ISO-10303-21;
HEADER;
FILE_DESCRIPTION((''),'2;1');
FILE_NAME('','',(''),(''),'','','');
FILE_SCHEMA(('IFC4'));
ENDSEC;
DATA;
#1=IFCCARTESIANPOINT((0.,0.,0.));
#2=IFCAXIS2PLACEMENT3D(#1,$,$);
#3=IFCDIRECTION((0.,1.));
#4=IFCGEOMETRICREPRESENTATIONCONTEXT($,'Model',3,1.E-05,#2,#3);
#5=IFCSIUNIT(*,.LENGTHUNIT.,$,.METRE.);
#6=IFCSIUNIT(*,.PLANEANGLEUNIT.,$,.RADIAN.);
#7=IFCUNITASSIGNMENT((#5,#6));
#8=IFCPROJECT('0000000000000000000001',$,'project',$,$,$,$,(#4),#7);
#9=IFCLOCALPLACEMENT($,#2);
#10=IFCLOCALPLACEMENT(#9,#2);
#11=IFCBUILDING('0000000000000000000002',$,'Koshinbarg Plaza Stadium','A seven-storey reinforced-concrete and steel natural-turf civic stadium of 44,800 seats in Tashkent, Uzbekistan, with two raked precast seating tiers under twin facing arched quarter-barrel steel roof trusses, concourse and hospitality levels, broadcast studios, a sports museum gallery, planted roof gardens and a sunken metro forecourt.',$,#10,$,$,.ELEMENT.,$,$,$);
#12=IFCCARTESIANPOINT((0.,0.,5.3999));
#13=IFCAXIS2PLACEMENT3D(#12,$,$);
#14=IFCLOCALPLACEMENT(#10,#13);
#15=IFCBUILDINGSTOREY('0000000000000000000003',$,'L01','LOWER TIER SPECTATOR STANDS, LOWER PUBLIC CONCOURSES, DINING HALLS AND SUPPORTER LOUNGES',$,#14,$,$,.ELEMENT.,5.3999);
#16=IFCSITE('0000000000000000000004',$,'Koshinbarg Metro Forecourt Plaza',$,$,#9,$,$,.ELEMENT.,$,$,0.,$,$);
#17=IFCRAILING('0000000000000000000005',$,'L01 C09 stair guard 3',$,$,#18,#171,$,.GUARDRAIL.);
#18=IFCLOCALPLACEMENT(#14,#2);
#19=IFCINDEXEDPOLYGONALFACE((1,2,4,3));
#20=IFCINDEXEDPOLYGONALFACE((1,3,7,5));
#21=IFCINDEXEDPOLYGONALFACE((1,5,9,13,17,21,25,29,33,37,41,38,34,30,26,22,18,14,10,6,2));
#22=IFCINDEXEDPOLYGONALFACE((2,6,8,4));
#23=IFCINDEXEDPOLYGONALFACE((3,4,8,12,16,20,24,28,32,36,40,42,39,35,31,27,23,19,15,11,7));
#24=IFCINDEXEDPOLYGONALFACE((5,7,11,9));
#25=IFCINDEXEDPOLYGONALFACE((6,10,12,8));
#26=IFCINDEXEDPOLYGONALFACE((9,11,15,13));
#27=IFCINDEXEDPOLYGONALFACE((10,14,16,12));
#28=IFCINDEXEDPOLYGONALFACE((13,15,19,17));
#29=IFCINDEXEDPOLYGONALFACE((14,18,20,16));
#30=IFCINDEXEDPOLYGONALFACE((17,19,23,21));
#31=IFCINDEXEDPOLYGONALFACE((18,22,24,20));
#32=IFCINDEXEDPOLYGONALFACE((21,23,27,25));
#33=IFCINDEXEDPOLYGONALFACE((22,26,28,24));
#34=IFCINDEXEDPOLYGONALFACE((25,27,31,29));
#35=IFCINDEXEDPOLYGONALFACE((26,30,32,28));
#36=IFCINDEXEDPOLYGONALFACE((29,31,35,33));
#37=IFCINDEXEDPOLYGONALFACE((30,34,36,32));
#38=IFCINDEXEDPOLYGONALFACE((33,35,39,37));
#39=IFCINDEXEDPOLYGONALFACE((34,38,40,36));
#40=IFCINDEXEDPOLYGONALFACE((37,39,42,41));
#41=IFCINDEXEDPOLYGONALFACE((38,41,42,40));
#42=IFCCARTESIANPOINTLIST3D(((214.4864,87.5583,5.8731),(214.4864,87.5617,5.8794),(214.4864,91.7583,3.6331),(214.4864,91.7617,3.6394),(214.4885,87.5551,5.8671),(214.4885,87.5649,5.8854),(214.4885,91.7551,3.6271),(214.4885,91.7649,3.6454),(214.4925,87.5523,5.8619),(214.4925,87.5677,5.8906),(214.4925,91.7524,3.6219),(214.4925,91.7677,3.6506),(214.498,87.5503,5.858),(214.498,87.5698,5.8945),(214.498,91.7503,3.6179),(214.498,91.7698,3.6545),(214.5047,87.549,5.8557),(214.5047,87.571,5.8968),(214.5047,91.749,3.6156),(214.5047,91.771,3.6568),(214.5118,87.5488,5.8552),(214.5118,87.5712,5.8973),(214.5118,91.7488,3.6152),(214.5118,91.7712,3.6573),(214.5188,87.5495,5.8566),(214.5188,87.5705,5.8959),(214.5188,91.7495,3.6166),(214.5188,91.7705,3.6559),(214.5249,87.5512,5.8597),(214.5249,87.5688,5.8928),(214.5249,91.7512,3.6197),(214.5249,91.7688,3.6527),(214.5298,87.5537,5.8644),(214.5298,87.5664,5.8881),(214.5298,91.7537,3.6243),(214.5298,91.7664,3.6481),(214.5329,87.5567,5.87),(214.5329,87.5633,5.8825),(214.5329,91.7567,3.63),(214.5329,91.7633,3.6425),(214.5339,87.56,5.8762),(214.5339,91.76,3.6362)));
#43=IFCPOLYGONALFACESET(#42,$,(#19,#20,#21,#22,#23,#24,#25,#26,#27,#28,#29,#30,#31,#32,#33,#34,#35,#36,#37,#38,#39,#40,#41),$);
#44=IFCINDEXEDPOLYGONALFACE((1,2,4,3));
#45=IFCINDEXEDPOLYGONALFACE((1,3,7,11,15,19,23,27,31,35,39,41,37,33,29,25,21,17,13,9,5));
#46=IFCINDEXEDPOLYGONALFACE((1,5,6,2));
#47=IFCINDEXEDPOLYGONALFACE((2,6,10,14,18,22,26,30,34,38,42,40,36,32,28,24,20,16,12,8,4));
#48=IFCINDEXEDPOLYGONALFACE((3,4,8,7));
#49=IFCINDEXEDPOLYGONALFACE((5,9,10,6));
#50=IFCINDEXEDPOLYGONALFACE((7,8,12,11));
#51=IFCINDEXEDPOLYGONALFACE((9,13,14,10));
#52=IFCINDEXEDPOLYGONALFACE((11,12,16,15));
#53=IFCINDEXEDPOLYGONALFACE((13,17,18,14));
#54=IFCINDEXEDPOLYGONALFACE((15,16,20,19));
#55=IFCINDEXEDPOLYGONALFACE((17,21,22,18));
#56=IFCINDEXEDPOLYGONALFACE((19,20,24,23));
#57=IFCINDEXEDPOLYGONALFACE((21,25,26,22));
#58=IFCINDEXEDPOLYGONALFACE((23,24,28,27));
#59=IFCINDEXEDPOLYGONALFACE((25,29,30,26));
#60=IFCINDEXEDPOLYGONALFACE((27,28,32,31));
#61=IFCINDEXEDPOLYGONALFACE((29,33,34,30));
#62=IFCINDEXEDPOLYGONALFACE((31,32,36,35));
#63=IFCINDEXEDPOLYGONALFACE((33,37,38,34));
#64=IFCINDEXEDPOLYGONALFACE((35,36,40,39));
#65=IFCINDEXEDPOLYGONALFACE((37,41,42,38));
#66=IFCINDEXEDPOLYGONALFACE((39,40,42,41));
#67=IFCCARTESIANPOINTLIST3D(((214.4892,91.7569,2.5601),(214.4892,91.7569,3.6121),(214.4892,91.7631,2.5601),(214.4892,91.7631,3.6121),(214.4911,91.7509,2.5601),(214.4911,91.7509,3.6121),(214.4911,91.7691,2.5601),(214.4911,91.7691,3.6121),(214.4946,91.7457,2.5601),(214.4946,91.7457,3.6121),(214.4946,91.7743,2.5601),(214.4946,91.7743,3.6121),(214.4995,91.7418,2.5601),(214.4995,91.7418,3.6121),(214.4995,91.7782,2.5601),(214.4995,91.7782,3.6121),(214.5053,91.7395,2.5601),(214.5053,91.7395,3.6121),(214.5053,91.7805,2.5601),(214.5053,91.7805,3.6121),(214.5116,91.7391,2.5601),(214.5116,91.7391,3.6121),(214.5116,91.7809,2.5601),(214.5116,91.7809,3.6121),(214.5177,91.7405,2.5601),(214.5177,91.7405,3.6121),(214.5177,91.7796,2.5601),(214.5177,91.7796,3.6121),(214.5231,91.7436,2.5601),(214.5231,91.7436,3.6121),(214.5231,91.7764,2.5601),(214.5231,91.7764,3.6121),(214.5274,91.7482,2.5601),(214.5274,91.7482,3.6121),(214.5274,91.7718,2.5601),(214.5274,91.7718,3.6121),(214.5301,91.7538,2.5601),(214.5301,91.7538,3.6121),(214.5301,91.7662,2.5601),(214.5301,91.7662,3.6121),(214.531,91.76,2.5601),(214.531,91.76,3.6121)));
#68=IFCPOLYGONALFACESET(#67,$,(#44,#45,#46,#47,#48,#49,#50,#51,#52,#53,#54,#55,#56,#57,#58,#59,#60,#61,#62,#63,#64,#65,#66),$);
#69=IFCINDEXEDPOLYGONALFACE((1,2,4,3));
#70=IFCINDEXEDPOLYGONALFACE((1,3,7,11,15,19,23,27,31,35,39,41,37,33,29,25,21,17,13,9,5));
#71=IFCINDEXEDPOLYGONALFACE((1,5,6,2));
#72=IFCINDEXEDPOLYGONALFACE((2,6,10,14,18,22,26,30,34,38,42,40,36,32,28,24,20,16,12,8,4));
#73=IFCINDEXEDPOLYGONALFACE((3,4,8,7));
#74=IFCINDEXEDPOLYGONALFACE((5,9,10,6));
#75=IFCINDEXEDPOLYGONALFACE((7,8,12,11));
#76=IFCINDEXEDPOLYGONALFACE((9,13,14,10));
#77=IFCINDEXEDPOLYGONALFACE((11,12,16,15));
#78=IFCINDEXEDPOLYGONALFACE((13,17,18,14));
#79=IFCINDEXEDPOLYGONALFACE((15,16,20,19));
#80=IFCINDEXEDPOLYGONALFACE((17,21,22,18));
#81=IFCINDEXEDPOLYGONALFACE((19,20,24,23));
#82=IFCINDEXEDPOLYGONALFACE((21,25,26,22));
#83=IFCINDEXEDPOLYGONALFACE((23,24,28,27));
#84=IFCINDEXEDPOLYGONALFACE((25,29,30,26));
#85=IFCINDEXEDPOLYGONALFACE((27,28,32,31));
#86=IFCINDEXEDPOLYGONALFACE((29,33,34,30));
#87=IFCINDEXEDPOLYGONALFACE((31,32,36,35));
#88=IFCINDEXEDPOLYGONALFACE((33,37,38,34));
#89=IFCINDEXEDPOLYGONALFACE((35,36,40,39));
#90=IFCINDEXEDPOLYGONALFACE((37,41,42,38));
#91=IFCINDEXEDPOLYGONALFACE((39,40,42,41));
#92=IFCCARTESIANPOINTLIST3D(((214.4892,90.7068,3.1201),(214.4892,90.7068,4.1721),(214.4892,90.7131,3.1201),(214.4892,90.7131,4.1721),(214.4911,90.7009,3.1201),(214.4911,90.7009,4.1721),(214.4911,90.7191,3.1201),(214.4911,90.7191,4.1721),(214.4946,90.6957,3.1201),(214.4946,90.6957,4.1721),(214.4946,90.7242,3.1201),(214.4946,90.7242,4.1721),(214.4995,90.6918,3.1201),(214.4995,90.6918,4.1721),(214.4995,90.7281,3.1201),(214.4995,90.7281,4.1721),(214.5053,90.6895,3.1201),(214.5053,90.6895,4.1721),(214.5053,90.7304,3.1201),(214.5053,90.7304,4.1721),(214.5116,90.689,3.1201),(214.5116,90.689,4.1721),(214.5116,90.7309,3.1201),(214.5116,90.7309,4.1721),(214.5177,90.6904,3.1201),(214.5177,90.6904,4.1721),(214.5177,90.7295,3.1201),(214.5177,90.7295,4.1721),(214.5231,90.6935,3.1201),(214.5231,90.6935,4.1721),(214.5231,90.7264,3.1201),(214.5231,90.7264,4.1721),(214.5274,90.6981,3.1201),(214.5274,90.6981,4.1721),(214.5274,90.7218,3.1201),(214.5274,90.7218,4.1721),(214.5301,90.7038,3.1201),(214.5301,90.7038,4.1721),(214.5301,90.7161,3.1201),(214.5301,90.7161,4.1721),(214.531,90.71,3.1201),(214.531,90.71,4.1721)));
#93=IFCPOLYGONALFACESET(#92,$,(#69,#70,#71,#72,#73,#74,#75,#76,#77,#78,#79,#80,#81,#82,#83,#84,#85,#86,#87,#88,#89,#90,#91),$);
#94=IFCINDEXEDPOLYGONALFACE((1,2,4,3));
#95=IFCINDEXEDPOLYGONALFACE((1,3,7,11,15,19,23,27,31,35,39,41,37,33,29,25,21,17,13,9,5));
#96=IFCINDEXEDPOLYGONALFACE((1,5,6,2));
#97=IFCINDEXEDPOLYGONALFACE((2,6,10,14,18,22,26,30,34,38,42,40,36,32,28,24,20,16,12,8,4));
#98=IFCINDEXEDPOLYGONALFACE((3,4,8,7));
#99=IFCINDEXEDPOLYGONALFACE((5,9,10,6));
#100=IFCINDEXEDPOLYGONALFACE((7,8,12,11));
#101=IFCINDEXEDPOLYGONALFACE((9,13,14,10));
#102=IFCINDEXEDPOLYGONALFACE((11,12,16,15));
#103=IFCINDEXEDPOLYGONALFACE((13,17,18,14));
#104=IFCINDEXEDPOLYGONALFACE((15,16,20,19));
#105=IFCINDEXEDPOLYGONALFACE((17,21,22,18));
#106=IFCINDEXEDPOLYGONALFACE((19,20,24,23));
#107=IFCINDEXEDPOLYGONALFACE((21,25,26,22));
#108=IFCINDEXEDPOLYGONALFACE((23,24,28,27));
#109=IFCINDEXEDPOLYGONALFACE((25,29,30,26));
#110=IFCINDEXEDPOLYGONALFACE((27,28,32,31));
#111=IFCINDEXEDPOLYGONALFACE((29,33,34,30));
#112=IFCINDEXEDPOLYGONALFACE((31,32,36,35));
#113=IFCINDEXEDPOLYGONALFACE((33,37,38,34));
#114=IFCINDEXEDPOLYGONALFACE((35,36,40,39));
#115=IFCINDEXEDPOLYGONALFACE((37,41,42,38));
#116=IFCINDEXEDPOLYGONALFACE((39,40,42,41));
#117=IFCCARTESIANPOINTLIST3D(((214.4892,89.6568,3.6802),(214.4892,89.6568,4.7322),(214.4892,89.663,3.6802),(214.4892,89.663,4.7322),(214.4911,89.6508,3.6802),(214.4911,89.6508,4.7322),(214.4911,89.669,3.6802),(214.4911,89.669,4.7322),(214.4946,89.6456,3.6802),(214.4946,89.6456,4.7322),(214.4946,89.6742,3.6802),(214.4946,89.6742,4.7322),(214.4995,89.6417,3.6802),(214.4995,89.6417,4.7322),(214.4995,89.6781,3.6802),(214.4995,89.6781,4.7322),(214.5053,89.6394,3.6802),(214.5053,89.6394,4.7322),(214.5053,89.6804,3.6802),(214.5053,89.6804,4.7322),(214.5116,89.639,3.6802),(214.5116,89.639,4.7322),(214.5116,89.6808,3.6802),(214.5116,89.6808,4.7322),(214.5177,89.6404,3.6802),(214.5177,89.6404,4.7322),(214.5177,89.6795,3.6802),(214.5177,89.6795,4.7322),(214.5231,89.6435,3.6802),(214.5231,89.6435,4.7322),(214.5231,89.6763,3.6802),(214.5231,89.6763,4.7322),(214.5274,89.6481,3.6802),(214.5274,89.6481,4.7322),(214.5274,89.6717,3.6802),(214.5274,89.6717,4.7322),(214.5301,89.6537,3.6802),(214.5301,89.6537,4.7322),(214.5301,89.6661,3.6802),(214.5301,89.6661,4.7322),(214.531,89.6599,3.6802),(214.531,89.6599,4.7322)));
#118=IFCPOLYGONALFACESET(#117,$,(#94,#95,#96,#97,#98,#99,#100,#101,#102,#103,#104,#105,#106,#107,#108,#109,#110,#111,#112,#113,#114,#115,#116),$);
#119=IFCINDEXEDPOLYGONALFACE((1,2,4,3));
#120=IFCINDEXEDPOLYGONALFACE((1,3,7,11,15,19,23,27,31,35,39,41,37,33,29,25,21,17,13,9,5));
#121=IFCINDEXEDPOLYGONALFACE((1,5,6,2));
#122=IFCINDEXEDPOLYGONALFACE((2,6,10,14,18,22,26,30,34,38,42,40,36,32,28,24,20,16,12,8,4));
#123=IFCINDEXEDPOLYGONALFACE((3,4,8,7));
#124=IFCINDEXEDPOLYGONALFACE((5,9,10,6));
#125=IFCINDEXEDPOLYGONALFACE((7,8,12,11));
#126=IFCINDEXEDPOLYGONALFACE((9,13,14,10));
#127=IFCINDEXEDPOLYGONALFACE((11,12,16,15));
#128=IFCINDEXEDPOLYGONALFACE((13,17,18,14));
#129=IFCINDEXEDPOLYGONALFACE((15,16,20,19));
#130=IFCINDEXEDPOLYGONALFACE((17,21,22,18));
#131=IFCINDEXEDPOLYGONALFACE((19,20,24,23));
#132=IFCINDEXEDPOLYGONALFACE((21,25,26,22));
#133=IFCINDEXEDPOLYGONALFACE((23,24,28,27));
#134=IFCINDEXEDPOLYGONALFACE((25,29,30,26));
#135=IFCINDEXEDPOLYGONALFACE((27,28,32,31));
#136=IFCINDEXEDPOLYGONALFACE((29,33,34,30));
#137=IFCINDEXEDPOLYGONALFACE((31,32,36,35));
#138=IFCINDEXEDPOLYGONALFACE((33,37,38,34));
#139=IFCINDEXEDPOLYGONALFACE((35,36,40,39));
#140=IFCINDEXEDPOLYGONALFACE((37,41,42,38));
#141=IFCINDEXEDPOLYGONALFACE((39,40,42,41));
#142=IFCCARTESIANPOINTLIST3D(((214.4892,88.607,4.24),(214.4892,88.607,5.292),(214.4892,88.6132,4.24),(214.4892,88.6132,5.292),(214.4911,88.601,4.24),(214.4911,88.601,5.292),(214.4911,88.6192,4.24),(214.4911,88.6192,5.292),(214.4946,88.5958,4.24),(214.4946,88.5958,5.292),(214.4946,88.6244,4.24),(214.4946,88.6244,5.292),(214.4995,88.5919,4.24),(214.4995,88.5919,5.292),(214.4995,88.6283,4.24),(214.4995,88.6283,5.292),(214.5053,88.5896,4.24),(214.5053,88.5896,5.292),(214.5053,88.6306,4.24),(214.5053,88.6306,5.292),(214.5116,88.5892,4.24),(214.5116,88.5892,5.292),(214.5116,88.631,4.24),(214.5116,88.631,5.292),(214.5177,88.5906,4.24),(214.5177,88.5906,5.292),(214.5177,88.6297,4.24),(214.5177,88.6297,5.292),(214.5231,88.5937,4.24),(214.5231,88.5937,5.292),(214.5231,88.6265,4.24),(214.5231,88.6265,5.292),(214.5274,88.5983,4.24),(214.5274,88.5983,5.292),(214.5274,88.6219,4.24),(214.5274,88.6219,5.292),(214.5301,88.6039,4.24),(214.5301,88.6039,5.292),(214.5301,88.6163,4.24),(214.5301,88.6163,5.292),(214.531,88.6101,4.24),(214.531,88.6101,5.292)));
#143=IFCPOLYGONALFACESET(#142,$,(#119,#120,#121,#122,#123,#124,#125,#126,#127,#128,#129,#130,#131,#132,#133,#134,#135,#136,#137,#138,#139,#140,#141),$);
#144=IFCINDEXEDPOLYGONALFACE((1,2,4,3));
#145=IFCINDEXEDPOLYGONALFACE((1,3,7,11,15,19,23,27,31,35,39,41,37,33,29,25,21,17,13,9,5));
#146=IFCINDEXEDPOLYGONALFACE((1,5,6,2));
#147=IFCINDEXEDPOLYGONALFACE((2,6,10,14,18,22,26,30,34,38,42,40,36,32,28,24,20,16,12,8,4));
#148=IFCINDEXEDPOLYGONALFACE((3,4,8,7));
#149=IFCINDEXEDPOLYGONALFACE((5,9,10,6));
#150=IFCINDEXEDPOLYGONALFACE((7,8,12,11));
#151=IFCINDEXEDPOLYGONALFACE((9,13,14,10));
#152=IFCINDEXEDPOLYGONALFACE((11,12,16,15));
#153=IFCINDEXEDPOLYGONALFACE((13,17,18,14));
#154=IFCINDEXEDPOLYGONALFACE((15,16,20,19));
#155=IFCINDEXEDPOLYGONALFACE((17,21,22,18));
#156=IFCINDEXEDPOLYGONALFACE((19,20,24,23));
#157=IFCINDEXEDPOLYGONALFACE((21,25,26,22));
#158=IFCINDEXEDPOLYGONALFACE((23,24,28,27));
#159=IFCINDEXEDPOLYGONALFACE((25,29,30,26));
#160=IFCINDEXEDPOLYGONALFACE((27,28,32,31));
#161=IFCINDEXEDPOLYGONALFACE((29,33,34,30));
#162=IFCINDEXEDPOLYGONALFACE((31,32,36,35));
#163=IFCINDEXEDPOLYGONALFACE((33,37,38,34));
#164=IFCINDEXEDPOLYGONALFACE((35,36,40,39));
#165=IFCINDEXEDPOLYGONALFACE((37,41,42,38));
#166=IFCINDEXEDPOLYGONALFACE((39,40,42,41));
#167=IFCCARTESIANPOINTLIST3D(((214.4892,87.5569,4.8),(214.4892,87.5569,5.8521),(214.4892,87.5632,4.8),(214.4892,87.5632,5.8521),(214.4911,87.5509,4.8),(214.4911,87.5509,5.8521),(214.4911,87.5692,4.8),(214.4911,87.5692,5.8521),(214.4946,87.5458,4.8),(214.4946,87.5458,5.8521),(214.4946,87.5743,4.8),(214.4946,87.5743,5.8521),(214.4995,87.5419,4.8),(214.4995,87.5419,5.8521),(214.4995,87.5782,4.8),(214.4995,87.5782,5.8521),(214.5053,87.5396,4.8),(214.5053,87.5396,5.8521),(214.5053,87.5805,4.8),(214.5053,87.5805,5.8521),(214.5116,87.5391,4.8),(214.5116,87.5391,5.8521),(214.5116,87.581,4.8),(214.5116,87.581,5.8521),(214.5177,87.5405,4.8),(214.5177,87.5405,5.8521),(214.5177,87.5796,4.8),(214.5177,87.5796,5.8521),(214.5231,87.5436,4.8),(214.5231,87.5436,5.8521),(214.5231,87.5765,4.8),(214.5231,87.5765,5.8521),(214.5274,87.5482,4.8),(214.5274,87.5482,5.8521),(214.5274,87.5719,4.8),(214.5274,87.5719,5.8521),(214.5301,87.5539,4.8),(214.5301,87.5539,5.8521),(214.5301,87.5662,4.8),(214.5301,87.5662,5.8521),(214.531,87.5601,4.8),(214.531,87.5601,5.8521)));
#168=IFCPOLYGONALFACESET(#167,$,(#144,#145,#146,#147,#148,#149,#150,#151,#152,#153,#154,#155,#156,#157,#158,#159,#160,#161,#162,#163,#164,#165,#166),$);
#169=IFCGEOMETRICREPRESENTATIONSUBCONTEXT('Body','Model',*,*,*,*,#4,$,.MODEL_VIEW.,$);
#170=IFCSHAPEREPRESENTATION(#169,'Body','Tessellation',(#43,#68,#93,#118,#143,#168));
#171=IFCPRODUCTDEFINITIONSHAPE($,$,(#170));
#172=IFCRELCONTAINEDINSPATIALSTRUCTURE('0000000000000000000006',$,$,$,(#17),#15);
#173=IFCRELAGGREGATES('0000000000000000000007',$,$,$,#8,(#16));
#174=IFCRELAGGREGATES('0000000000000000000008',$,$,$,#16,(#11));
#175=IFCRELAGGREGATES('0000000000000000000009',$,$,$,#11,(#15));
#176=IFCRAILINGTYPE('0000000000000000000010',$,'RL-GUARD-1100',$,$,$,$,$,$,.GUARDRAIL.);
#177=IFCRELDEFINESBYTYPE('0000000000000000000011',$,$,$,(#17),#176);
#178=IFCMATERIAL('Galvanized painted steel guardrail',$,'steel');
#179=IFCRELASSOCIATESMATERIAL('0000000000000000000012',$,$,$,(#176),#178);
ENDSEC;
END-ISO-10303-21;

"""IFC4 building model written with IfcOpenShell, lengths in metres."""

from ifc_helpers import new_model, si_unit, direction, frame, origin, origin_2d, place, context, subcontext, project, spatial, circle, extrude, material, type_object, element, save


model = new_model("IFC4")

# Units and contexts
model_context = context("Model", 3, precision=1e-05, world=origin(), true_north=direction((0.0, 1.0)))
body_context = subcontext(model_context, "Body", "Model", "MODEL_VIEW")
ifc_project = project(units=[si_unit("LENGTHUNIT", "METRE"), si_unit("PLANEANGLEUNIT", "RADIAN")], contexts=[model_context])

# Site, building, storey
site_placement = place(None, origin())
site = spatial("IfcSite", under=ifc_project, at=site_placement, Name="Koshinbarg Metro Forecourt Plaza", CompositionType="ELEMENT", RefElevation=0.0)
building_placement = place(site_placement, origin())
building = spatial("IfcBuilding", under=site, at=building_placement, Name="Koshinbarg Plaza Stadium", Description="A seven-storey reinforced-concrete and steel natural-turf civic stadium of 44,800 seats in Tashkent, Uzbekistan, with two raked precast seating tiers under twin facing arched quarter-barrel steel roof trusses, concourse and hospitality levels, broadcast studios, a sports museum gallery, planted roof gardens and a sunken metro forecourt.", CompositionType="ELEMENT")
storey_placement = place(building_placement, frame((0.0, 0.0, 5.3999)))
storey = spatial("IfcBuildingStorey", under=building, at=storey_placement, Name="L01", Description="LOWER TIER SPECTATOR STANDS, LOWER PUBLIC CONCOURSES, DINING HALLS AND SUPPORTER LOUNGES", CompositionType="ELEMENT", Elevation=5.3999)

# Railing
ifc_material_1 = material(Name="Galvanized painted steel guardrail", Category="steel")
railing_type_1 = type_object("IfcRailingType", Name="RL-GUARD-1100", PredefinedType="GUARDRAIL", material=ifc_material_1)
railing_1_placement = place(storey_placement, frame((214.51, 91.76, 2.5601)))
element("IfcRailing", 1, at=railing_1_placement, inside=storey, type_object=railing_type_1, Name="L01 C09 stair guard 3", PredefinedType="GUARDRAIL", context=body_context, shape_type="SweptSolid", body=[
    extrude(circle(Radius=0.0239, at=origin_2d()), frame((0.0, 0.0, 1.0762), z_axis=(0.0, -0.882352, 0.470591), x_axis=(1.0, 0.0, 0.0)), (0.0, 0.0, 1.0), 4.76),
    extrude(circle(Radius=0.021, at=origin_2d()), origin(), (0.0, 0.0, 1.0), 1.052),
    extrude(circle(Radius=0.021, at=origin_2d()), frame((0.0, -1.05, 0.5601)), (0.0, 0.0, 1.0), 1.052),
    extrude(circle(Radius=0.021, at=origin_2d()), frame((0.0, -2.1001, 1.1201)), (0.0, 0.0, 1.0), 1.052),
    extrude(circle(Radius=0.021, at=origin_2d()), frame((0.0, -3.1499, 1.6799)), (0.0, 0.0, 1.0), 1.052),
    extrude(circle(Radius=0.021, at=origin_2d()), frame((0.0, -4.2, 2.24)), (0.0, 0.0, 1.0), 1.052),
])

save(model, "model.ifc")
